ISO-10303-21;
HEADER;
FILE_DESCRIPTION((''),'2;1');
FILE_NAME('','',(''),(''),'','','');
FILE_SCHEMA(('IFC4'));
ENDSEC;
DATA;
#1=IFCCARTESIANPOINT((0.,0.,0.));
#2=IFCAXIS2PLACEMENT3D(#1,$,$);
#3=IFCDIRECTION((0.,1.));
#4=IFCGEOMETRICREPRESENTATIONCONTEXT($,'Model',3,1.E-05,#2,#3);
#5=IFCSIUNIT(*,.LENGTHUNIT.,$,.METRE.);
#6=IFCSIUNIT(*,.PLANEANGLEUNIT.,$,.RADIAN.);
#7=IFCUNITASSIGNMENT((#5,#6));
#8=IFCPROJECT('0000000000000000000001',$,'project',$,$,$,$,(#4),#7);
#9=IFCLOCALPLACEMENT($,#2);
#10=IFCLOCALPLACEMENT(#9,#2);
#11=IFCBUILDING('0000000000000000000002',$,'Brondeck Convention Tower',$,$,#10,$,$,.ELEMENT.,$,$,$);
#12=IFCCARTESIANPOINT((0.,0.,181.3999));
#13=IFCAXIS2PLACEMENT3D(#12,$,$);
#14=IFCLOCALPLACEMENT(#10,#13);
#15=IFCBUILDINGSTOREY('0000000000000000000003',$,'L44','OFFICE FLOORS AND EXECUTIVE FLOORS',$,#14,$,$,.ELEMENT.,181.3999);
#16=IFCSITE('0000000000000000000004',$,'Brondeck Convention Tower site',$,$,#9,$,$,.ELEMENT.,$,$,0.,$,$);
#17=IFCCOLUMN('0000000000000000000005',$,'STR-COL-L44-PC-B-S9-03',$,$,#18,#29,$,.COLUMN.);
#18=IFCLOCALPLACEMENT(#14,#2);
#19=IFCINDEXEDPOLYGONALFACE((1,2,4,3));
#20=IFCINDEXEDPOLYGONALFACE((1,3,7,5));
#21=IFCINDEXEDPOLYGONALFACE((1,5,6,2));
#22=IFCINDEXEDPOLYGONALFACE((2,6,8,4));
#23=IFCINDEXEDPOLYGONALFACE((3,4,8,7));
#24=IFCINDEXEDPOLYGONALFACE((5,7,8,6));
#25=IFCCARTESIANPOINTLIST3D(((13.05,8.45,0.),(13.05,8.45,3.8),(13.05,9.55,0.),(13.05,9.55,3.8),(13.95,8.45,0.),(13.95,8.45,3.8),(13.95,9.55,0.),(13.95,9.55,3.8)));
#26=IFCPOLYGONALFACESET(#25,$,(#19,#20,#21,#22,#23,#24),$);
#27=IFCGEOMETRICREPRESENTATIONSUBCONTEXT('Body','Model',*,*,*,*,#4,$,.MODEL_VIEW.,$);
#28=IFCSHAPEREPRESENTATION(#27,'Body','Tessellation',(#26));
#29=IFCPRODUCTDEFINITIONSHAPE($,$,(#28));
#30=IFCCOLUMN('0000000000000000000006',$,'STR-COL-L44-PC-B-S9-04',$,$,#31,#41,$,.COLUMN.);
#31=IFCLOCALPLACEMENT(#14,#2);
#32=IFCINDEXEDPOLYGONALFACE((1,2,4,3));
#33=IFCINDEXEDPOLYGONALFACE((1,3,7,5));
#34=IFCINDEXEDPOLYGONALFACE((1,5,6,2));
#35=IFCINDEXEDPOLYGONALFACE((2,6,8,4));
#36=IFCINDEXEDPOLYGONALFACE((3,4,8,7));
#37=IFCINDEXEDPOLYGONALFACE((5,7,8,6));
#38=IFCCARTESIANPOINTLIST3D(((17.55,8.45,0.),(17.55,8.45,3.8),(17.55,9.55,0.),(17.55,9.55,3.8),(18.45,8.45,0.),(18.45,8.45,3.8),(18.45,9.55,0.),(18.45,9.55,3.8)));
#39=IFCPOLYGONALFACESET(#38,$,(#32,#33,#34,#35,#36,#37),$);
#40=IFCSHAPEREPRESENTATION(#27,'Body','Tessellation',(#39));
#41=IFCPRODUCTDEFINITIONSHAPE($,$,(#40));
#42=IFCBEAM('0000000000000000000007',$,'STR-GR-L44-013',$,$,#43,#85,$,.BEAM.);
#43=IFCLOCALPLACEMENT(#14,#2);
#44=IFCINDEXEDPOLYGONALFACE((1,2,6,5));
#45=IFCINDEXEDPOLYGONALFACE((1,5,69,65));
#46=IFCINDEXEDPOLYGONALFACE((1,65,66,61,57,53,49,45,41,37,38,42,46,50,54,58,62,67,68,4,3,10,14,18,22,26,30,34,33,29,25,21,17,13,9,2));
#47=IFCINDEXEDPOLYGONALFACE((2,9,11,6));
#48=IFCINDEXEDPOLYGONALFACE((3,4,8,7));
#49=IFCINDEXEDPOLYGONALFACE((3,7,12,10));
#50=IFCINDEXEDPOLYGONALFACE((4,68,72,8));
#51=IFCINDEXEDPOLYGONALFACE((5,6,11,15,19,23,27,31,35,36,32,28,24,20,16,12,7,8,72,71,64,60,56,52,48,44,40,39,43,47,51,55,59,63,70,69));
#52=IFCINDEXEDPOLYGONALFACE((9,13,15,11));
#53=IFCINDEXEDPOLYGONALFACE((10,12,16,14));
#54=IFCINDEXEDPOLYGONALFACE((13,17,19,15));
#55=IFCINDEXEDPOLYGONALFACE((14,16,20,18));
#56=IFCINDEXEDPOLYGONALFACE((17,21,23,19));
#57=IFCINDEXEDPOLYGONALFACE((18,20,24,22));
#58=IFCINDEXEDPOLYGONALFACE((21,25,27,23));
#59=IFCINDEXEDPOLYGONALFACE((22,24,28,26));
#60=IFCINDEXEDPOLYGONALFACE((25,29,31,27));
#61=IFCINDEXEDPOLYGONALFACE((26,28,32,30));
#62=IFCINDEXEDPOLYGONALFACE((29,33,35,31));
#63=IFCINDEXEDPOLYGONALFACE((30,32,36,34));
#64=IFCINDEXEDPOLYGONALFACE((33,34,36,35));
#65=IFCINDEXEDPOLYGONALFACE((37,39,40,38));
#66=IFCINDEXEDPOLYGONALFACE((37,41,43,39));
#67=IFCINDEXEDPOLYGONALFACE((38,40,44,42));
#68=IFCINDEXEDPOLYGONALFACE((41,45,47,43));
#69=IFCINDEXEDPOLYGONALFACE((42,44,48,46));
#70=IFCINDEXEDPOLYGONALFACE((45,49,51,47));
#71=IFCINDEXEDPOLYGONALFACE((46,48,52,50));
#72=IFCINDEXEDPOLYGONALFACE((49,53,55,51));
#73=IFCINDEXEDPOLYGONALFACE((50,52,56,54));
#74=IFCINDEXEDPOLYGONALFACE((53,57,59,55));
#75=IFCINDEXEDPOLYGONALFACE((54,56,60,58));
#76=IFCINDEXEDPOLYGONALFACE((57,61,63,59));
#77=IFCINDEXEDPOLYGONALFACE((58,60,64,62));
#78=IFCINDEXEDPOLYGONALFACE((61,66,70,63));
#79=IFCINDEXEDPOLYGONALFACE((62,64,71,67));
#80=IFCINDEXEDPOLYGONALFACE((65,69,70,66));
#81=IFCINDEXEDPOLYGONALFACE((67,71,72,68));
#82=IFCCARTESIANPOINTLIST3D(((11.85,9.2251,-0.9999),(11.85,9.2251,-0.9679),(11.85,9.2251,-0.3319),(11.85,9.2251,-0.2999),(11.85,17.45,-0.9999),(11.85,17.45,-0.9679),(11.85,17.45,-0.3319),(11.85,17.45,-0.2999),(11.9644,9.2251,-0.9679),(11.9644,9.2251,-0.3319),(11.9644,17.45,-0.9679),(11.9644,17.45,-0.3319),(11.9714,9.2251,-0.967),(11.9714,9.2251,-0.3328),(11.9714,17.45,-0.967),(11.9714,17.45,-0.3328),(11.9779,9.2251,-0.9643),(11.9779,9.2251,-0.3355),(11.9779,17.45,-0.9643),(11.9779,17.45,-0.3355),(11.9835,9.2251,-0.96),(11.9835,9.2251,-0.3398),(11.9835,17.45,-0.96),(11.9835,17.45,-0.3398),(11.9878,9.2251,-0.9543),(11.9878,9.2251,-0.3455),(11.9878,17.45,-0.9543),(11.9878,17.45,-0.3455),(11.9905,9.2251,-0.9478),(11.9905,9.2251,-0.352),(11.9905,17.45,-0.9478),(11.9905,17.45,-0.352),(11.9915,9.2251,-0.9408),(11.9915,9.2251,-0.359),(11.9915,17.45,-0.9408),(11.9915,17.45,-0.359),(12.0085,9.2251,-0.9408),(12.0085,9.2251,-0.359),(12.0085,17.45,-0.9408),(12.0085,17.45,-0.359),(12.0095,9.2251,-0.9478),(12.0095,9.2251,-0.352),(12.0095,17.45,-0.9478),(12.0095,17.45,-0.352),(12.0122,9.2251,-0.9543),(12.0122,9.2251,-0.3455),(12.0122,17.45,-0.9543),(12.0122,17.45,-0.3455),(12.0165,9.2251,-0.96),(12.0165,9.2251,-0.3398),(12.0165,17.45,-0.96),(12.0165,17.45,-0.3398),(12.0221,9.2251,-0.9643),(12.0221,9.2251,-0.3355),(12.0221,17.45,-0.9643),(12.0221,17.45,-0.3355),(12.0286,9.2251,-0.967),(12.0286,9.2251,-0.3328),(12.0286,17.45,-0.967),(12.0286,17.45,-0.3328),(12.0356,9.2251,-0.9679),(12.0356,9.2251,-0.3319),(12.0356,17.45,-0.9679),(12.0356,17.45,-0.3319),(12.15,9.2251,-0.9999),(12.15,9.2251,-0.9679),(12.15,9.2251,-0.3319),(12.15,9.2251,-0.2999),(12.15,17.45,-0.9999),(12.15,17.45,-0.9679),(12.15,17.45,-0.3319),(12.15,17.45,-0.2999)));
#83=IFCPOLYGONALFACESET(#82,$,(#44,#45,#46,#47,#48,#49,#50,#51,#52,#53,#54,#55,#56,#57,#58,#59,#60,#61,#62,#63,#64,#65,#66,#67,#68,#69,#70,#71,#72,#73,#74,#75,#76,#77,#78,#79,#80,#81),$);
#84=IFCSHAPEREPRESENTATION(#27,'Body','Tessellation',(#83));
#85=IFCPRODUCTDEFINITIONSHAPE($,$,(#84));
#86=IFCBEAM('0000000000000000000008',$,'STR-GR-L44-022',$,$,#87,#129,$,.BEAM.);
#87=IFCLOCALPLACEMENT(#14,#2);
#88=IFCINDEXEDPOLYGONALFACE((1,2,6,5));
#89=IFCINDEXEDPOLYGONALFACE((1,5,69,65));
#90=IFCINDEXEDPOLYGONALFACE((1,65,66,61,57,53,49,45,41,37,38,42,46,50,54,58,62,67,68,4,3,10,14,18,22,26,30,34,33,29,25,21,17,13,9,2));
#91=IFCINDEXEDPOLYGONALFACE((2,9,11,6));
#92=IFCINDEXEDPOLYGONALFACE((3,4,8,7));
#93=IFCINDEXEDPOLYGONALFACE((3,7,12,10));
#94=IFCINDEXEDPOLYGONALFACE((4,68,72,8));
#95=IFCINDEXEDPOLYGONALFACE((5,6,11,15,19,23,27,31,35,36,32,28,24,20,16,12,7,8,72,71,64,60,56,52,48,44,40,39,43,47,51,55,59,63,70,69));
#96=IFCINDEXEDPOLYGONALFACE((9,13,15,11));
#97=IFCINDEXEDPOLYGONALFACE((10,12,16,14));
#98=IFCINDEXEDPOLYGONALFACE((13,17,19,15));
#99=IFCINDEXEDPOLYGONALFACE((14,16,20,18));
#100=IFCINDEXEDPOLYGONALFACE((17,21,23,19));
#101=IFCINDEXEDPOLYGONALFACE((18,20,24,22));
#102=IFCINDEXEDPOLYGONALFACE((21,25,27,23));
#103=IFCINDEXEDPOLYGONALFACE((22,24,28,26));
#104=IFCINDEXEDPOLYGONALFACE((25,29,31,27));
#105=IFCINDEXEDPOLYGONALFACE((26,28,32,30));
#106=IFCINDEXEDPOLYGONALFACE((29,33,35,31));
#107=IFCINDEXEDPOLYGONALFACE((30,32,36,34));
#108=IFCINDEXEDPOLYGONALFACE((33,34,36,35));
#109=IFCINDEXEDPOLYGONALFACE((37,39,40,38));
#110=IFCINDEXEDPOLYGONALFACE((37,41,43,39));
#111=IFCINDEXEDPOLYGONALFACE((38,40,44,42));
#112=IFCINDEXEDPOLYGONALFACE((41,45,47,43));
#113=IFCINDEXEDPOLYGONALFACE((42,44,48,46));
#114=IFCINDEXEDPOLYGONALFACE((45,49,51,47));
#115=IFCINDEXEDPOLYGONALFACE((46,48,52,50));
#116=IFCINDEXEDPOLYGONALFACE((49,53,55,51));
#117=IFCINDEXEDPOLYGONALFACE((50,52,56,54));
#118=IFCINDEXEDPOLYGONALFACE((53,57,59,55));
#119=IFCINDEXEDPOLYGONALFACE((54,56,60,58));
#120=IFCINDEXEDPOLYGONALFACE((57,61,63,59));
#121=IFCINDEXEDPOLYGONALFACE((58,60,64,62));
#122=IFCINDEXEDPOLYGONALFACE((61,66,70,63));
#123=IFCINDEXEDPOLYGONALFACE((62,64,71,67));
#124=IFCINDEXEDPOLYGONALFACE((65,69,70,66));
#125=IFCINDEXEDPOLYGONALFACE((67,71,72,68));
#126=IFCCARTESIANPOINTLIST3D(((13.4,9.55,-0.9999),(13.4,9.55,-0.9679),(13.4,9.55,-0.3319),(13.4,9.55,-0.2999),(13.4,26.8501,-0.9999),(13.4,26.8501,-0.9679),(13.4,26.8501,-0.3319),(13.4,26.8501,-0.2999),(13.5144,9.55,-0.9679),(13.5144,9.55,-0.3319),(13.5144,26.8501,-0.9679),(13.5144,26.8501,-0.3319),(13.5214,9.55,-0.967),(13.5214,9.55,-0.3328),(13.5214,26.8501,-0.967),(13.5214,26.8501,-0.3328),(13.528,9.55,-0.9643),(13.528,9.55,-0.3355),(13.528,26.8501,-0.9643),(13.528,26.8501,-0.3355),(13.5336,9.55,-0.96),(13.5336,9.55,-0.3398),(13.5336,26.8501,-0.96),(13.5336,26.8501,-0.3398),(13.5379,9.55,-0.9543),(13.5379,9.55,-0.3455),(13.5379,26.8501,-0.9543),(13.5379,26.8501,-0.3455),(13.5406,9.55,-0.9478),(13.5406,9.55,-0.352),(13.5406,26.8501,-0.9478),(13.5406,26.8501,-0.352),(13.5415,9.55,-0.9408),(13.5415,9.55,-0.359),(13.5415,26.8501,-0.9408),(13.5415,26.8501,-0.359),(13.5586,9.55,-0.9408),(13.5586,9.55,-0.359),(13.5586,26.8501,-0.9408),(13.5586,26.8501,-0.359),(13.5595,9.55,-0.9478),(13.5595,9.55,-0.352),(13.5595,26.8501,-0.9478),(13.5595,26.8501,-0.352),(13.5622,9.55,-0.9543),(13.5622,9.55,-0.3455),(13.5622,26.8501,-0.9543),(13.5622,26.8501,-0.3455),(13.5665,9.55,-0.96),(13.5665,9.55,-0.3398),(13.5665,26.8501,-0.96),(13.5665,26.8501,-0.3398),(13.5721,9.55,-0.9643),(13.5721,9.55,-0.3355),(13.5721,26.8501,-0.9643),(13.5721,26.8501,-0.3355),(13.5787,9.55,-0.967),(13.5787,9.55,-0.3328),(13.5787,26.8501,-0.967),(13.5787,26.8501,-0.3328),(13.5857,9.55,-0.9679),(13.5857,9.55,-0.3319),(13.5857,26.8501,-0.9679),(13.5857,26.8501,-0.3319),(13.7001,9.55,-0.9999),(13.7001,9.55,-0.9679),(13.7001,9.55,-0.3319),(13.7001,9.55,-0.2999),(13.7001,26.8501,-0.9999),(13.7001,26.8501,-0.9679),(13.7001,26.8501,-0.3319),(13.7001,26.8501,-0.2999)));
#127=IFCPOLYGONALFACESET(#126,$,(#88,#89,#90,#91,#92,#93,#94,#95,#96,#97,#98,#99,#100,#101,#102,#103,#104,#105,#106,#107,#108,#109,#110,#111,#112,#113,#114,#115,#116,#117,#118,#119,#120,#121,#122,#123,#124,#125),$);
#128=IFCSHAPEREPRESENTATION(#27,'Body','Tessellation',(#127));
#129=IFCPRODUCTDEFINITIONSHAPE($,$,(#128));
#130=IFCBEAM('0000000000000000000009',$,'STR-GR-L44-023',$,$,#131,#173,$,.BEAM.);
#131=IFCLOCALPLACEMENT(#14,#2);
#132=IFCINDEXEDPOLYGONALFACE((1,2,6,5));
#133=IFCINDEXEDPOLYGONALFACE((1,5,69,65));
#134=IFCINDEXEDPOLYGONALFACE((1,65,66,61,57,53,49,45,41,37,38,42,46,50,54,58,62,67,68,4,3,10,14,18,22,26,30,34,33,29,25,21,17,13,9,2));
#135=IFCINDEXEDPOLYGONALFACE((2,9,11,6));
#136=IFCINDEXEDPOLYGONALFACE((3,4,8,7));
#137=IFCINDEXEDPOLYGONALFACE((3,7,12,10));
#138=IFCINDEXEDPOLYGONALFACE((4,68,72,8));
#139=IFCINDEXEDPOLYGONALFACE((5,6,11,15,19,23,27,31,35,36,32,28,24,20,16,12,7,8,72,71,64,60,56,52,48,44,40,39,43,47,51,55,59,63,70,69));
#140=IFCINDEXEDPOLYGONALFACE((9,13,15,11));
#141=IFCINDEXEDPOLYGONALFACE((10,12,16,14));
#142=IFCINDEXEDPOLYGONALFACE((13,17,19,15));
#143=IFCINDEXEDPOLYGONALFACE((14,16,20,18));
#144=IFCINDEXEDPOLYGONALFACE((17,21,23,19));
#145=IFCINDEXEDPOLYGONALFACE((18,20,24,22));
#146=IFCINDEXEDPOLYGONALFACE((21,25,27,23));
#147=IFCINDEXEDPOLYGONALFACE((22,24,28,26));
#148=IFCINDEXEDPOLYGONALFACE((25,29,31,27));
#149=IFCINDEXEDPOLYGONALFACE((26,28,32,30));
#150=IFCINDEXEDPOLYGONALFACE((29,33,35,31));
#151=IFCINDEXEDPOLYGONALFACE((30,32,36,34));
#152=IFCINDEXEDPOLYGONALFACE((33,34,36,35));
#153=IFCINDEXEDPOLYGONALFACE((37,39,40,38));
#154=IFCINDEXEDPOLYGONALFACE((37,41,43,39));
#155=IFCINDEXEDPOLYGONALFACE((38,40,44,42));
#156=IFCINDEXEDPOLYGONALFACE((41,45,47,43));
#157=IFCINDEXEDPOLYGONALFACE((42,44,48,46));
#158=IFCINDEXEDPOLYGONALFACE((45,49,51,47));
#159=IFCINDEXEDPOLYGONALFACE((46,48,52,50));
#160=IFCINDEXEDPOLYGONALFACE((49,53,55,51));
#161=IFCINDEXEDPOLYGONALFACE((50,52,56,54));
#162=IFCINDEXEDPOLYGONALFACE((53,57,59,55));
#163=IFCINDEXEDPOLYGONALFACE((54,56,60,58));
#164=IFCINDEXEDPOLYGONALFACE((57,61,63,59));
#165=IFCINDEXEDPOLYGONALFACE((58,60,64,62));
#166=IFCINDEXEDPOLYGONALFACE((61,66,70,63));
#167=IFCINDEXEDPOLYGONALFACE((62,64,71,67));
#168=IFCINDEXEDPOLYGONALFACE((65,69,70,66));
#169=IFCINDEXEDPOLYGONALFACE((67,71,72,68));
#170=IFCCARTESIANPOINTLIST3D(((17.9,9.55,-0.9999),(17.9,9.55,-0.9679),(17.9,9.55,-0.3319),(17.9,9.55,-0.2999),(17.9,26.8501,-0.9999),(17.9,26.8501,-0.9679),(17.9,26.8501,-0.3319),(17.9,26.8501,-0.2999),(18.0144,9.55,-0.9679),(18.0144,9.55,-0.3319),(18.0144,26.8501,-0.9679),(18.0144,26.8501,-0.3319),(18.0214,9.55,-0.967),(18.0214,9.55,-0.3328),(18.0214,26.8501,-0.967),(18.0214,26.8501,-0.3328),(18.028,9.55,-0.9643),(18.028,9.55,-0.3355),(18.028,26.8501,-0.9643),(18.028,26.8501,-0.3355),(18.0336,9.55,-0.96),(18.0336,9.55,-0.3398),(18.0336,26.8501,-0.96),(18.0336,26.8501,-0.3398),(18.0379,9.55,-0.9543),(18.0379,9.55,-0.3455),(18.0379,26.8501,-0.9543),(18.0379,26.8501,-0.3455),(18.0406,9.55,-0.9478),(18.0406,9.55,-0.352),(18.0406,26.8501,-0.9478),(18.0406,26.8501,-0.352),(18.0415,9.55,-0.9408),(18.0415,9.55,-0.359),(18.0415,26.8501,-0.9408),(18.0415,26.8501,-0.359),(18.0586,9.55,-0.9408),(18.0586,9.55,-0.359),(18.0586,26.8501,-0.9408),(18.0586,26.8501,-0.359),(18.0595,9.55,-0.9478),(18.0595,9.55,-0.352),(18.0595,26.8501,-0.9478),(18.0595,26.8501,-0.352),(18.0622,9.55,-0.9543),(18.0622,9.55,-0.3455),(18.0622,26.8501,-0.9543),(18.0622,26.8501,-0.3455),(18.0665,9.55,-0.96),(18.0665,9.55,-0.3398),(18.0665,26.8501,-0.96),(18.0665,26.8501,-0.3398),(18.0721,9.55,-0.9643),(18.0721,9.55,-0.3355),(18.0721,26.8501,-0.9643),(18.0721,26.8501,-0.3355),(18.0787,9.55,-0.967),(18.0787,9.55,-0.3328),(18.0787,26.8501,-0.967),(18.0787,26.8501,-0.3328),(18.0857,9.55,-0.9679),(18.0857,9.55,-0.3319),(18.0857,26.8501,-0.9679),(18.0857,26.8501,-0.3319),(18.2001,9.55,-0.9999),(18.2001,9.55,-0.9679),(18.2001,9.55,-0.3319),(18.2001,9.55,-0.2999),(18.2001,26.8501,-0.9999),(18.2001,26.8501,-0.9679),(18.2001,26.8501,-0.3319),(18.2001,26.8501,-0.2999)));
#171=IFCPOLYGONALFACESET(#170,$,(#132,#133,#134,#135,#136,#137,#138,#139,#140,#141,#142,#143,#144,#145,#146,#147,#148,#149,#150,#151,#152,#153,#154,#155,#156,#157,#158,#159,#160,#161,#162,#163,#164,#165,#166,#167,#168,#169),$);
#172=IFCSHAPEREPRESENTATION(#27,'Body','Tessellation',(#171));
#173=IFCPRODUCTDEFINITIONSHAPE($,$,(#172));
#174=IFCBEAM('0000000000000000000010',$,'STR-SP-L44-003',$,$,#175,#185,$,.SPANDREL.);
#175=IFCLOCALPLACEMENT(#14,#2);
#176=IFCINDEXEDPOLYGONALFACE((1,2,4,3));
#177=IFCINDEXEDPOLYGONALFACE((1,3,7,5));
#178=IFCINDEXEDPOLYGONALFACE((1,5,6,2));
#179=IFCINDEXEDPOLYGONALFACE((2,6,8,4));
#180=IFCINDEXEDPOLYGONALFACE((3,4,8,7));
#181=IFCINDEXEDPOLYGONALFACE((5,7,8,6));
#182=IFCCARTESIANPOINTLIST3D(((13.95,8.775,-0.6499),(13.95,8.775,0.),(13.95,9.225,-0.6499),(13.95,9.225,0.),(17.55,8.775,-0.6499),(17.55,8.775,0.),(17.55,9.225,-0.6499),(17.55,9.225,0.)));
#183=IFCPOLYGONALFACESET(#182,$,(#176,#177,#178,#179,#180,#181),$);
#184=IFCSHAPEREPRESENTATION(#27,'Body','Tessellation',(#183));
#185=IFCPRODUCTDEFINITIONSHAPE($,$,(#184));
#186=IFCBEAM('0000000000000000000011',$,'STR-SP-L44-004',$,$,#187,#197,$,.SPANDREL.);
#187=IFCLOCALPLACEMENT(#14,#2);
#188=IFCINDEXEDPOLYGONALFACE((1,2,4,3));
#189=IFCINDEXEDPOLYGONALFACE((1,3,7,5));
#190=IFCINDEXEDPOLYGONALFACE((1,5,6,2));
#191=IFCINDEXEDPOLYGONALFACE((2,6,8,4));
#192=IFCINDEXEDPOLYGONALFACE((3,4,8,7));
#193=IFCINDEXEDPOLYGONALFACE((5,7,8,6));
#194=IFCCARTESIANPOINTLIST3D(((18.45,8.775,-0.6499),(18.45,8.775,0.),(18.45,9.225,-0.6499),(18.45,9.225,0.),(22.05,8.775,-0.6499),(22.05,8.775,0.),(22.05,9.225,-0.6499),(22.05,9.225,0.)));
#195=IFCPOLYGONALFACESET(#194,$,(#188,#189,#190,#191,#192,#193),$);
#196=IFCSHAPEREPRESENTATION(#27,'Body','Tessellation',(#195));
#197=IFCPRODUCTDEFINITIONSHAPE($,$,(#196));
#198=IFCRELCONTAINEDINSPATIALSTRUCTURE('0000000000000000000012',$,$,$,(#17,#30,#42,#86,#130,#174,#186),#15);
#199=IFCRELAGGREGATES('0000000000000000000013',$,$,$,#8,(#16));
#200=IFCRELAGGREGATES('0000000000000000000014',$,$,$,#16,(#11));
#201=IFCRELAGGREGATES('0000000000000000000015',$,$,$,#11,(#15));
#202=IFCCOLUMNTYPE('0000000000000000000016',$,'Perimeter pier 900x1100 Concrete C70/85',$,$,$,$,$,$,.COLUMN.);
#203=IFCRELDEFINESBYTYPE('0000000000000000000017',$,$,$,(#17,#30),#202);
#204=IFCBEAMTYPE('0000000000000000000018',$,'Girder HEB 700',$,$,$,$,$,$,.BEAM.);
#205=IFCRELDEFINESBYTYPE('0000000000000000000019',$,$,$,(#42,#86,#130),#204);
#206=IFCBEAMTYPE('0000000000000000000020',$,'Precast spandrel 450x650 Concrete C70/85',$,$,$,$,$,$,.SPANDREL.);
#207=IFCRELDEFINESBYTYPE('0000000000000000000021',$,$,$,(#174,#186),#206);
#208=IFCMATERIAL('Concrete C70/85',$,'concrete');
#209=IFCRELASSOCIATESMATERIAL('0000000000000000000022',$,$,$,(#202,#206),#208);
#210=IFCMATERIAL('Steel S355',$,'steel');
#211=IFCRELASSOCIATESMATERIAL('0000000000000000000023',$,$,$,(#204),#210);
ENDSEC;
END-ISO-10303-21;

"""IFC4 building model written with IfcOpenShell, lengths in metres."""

from ifc_helpers import new_model, si_unit, direction, frame, origin, origin_2d, place, context, subcontext, project, spatial, rectangle, i_section, extrude, material, material_profile, profile_set, type_object, element, save


model = new_model("IFC4")

# Units and contexts
model_context = context("Model", 3, precision=1e-05, world=origin(), true_north=direction((0.0, 1.0)))
body_context = subcontext(model_context, "Body", "Model", "MODEL_VIEW")
ifc_project = project(units=[si_unit("LENGTHUNIT", "METRE"), si_unit("PLANEANGLEUNIT", "RADIAN")], contexts=[model_context])

# Site, building, storey
site_placement = place(None, origin())
site = spatial("IfcSite", under=ifc_project, at=site_placement, Name="Brondeck Convention Tower site", CompositionType="ELEMENT", RefElevation=0.0)
building_placement = place(site_placement, origin())
building = spatial("IfcBuilding", under=site, at=building_placement, Name="Brondeck Convention Tower", CompositionType="ELEMENT")
storey_placement = place(building_placement, frame((0.0, 0.0, 181.3999)))
storey = spatial("IfcBuildingStorey", under=building, at=storey_placement, Name="L44", Description="OFFICE FLOORS AND EXECUTIVE FLOORS", CompositionType="ELEMENT", Elevation=181.3999)

# Columns
ifc_material_1 = material(Name="Concrete C70/85", Category="concrete")
ifc_material_profile_1 = material_profile(ifc_material_1, rectangle(XDim=0.8999, YDim=1.1001, at=origin_2d()), Name="Perimeter pier 900x1100 Concrete C70/85")
ifc_profile_set_1 = profile_set([ifc_material_profile_1], Name="Concrete C70/85")
column_type = type_object("IfcColumnType", Name="Perimeter pier 900x1100 Concrete C70/85", PredefinedType="COLUMN", material=ifc_profile_set_1)
for number, where, z_axis, x_axis, name in (
    (1, (13.5, 9.0, 0.0), (0.0, 0.0, 1.0), (1.0, 0.0, 0.0), "STR-COL-L44-PC-B-S9-03"),
    (2, (18.0, 9.0, 0.0), (0.0, 0.0, 1.0), (1.0, 0.0, 0.0), "STR-COL-L44-PC-B-S9-04"),
):
    element("IfcColumn", number, at=place(storey_placement, frame(where, z_axis=z_axis, x_axis=x_axis)), inside=storey, type_object=column_type, Name=name, PredefinedType="COLUMN", context=body_context, shape_type="SweptSolid", body=[
        extrude(rectangle(XDim=0.8999, YDim=1.1001, at=origin_2d()), origin(), (0.0, 0.0, 1.0), 3.8),
    ])

# Beams
ifc_material_2 = material(Name="Steel S355", Category="steel")
ifc_material_profile_2 = material_profile(ifc_material_2, i_section(OverallWidth=0.3, OverallDepth=0.7, WebThickness=0.0171, FlangeThickness=0.032, FilletRadius=0.0271, at=origin_2d()), Name="HEB 700")
ifc_profile_set_2 = profile_set([ifc_material_profile_2], Name="Steel S355")
beam_type_1 = type_object("IfcBeamType", Name="Girder HEB 700", PredefinedType="BEAM", material=ifc_profile_set_2)
beam_placement = place(storey_placement, frame((12.0, 17.45, -0.6499), z_axis=(0.0, -1.0, 0.0), x_axis=(1.0, 0.0, 0.0)))
element("IfcBeam", 3, at=beam_placement, inside=storey, type_object=beam_type_1, Name="STR-GR-L44-013", PredefinedType="BEAM", context=body_context, shape_type="SweptSolid", body=[
    extrude(i_section(OverallWidth=0.3, OverallDepth=0.7, WebThickness=0.0171, FlangeThickness=0.032, FilletRadius=0.0271, at=origin_2d()), origin(), (0.0, 0.0, 1.0), 8.2249),
])
for number, where, z_axis, x_axis, name in (
    (4, (13.55, 9.55, -0.6499), (0.0, 1.0, 0.0), (-1.0, 0.0, 0.0), "STR-GR-L44-022"),
    (5, (18.05, 9.55, -0.6499), (0.0, 1.0, 0.0), (-1.0, 0.0, 0.0), "STR-GR-L44-023"),
):
    element("IfcBeam", number, at=place(storey_placement, frame(where, z_axis=z_axis, x_axis=x_axis)), inside=storey, type_object=beam_type_1, Name=name, PredefinedType="BEAM", context=body_context, shape_type="SweptSolid", body=[
        extrude(i_section(OverallWidth=0.3, OverallDepth=0.7, WebThickness=0.0171, FlangeThickness=0.032, FilletRadius=0.0271, at=origin_2d()), origin(), (0.0, 0.0, 1.0), 17.3),
    ])
ifc_material_profile_3 = material_profile(ifc_material_1, rectangle(XDim=0.45, YDim=0.6499, at=origin_2d()), Name="Precast spandrel 450x650 Concrete C70/85")
ifc_profile_set_3 = profile_set([ifc_material_profile_3], Name="Concrete C70/85")
beam_type_2 = type_object("IfcBeamType", Name="Precast spandrel 450x650 Concrete C70/85", PredefinedType="SPANDREL", material=ifc_profile_set_3)
for number, where, z_axis, x_axis, name in (
    (6, (13.95, 9.0, -0.325), (1.0, 0.0, 0.0), (0.0, 1.0, 0.0), "STR-SP-L44-003"),
    (7, (18.45, 9.0, -0.325), (1.0, 0.0, 0.0), (0.0, 1.0, 0.0), "STR-SP-L44-004"),
):
    element("IfcBeam", number, at=place(storey_placement, frame(where, z_axis=z_axis, x_axis=x_axis)), inside=storey, type_object=beam_type_2, Name=name, PredefinedType="SPANDREL", context=body_context, shape_type="SweptSolid", body=[
        extrude(rectangle(XDim=0.45, YDim=0.6499, at=origin_2d()), origin(), (0.0, 0.0, 1.0), 3.6001),
    ])

save(model, "model.ifc")
